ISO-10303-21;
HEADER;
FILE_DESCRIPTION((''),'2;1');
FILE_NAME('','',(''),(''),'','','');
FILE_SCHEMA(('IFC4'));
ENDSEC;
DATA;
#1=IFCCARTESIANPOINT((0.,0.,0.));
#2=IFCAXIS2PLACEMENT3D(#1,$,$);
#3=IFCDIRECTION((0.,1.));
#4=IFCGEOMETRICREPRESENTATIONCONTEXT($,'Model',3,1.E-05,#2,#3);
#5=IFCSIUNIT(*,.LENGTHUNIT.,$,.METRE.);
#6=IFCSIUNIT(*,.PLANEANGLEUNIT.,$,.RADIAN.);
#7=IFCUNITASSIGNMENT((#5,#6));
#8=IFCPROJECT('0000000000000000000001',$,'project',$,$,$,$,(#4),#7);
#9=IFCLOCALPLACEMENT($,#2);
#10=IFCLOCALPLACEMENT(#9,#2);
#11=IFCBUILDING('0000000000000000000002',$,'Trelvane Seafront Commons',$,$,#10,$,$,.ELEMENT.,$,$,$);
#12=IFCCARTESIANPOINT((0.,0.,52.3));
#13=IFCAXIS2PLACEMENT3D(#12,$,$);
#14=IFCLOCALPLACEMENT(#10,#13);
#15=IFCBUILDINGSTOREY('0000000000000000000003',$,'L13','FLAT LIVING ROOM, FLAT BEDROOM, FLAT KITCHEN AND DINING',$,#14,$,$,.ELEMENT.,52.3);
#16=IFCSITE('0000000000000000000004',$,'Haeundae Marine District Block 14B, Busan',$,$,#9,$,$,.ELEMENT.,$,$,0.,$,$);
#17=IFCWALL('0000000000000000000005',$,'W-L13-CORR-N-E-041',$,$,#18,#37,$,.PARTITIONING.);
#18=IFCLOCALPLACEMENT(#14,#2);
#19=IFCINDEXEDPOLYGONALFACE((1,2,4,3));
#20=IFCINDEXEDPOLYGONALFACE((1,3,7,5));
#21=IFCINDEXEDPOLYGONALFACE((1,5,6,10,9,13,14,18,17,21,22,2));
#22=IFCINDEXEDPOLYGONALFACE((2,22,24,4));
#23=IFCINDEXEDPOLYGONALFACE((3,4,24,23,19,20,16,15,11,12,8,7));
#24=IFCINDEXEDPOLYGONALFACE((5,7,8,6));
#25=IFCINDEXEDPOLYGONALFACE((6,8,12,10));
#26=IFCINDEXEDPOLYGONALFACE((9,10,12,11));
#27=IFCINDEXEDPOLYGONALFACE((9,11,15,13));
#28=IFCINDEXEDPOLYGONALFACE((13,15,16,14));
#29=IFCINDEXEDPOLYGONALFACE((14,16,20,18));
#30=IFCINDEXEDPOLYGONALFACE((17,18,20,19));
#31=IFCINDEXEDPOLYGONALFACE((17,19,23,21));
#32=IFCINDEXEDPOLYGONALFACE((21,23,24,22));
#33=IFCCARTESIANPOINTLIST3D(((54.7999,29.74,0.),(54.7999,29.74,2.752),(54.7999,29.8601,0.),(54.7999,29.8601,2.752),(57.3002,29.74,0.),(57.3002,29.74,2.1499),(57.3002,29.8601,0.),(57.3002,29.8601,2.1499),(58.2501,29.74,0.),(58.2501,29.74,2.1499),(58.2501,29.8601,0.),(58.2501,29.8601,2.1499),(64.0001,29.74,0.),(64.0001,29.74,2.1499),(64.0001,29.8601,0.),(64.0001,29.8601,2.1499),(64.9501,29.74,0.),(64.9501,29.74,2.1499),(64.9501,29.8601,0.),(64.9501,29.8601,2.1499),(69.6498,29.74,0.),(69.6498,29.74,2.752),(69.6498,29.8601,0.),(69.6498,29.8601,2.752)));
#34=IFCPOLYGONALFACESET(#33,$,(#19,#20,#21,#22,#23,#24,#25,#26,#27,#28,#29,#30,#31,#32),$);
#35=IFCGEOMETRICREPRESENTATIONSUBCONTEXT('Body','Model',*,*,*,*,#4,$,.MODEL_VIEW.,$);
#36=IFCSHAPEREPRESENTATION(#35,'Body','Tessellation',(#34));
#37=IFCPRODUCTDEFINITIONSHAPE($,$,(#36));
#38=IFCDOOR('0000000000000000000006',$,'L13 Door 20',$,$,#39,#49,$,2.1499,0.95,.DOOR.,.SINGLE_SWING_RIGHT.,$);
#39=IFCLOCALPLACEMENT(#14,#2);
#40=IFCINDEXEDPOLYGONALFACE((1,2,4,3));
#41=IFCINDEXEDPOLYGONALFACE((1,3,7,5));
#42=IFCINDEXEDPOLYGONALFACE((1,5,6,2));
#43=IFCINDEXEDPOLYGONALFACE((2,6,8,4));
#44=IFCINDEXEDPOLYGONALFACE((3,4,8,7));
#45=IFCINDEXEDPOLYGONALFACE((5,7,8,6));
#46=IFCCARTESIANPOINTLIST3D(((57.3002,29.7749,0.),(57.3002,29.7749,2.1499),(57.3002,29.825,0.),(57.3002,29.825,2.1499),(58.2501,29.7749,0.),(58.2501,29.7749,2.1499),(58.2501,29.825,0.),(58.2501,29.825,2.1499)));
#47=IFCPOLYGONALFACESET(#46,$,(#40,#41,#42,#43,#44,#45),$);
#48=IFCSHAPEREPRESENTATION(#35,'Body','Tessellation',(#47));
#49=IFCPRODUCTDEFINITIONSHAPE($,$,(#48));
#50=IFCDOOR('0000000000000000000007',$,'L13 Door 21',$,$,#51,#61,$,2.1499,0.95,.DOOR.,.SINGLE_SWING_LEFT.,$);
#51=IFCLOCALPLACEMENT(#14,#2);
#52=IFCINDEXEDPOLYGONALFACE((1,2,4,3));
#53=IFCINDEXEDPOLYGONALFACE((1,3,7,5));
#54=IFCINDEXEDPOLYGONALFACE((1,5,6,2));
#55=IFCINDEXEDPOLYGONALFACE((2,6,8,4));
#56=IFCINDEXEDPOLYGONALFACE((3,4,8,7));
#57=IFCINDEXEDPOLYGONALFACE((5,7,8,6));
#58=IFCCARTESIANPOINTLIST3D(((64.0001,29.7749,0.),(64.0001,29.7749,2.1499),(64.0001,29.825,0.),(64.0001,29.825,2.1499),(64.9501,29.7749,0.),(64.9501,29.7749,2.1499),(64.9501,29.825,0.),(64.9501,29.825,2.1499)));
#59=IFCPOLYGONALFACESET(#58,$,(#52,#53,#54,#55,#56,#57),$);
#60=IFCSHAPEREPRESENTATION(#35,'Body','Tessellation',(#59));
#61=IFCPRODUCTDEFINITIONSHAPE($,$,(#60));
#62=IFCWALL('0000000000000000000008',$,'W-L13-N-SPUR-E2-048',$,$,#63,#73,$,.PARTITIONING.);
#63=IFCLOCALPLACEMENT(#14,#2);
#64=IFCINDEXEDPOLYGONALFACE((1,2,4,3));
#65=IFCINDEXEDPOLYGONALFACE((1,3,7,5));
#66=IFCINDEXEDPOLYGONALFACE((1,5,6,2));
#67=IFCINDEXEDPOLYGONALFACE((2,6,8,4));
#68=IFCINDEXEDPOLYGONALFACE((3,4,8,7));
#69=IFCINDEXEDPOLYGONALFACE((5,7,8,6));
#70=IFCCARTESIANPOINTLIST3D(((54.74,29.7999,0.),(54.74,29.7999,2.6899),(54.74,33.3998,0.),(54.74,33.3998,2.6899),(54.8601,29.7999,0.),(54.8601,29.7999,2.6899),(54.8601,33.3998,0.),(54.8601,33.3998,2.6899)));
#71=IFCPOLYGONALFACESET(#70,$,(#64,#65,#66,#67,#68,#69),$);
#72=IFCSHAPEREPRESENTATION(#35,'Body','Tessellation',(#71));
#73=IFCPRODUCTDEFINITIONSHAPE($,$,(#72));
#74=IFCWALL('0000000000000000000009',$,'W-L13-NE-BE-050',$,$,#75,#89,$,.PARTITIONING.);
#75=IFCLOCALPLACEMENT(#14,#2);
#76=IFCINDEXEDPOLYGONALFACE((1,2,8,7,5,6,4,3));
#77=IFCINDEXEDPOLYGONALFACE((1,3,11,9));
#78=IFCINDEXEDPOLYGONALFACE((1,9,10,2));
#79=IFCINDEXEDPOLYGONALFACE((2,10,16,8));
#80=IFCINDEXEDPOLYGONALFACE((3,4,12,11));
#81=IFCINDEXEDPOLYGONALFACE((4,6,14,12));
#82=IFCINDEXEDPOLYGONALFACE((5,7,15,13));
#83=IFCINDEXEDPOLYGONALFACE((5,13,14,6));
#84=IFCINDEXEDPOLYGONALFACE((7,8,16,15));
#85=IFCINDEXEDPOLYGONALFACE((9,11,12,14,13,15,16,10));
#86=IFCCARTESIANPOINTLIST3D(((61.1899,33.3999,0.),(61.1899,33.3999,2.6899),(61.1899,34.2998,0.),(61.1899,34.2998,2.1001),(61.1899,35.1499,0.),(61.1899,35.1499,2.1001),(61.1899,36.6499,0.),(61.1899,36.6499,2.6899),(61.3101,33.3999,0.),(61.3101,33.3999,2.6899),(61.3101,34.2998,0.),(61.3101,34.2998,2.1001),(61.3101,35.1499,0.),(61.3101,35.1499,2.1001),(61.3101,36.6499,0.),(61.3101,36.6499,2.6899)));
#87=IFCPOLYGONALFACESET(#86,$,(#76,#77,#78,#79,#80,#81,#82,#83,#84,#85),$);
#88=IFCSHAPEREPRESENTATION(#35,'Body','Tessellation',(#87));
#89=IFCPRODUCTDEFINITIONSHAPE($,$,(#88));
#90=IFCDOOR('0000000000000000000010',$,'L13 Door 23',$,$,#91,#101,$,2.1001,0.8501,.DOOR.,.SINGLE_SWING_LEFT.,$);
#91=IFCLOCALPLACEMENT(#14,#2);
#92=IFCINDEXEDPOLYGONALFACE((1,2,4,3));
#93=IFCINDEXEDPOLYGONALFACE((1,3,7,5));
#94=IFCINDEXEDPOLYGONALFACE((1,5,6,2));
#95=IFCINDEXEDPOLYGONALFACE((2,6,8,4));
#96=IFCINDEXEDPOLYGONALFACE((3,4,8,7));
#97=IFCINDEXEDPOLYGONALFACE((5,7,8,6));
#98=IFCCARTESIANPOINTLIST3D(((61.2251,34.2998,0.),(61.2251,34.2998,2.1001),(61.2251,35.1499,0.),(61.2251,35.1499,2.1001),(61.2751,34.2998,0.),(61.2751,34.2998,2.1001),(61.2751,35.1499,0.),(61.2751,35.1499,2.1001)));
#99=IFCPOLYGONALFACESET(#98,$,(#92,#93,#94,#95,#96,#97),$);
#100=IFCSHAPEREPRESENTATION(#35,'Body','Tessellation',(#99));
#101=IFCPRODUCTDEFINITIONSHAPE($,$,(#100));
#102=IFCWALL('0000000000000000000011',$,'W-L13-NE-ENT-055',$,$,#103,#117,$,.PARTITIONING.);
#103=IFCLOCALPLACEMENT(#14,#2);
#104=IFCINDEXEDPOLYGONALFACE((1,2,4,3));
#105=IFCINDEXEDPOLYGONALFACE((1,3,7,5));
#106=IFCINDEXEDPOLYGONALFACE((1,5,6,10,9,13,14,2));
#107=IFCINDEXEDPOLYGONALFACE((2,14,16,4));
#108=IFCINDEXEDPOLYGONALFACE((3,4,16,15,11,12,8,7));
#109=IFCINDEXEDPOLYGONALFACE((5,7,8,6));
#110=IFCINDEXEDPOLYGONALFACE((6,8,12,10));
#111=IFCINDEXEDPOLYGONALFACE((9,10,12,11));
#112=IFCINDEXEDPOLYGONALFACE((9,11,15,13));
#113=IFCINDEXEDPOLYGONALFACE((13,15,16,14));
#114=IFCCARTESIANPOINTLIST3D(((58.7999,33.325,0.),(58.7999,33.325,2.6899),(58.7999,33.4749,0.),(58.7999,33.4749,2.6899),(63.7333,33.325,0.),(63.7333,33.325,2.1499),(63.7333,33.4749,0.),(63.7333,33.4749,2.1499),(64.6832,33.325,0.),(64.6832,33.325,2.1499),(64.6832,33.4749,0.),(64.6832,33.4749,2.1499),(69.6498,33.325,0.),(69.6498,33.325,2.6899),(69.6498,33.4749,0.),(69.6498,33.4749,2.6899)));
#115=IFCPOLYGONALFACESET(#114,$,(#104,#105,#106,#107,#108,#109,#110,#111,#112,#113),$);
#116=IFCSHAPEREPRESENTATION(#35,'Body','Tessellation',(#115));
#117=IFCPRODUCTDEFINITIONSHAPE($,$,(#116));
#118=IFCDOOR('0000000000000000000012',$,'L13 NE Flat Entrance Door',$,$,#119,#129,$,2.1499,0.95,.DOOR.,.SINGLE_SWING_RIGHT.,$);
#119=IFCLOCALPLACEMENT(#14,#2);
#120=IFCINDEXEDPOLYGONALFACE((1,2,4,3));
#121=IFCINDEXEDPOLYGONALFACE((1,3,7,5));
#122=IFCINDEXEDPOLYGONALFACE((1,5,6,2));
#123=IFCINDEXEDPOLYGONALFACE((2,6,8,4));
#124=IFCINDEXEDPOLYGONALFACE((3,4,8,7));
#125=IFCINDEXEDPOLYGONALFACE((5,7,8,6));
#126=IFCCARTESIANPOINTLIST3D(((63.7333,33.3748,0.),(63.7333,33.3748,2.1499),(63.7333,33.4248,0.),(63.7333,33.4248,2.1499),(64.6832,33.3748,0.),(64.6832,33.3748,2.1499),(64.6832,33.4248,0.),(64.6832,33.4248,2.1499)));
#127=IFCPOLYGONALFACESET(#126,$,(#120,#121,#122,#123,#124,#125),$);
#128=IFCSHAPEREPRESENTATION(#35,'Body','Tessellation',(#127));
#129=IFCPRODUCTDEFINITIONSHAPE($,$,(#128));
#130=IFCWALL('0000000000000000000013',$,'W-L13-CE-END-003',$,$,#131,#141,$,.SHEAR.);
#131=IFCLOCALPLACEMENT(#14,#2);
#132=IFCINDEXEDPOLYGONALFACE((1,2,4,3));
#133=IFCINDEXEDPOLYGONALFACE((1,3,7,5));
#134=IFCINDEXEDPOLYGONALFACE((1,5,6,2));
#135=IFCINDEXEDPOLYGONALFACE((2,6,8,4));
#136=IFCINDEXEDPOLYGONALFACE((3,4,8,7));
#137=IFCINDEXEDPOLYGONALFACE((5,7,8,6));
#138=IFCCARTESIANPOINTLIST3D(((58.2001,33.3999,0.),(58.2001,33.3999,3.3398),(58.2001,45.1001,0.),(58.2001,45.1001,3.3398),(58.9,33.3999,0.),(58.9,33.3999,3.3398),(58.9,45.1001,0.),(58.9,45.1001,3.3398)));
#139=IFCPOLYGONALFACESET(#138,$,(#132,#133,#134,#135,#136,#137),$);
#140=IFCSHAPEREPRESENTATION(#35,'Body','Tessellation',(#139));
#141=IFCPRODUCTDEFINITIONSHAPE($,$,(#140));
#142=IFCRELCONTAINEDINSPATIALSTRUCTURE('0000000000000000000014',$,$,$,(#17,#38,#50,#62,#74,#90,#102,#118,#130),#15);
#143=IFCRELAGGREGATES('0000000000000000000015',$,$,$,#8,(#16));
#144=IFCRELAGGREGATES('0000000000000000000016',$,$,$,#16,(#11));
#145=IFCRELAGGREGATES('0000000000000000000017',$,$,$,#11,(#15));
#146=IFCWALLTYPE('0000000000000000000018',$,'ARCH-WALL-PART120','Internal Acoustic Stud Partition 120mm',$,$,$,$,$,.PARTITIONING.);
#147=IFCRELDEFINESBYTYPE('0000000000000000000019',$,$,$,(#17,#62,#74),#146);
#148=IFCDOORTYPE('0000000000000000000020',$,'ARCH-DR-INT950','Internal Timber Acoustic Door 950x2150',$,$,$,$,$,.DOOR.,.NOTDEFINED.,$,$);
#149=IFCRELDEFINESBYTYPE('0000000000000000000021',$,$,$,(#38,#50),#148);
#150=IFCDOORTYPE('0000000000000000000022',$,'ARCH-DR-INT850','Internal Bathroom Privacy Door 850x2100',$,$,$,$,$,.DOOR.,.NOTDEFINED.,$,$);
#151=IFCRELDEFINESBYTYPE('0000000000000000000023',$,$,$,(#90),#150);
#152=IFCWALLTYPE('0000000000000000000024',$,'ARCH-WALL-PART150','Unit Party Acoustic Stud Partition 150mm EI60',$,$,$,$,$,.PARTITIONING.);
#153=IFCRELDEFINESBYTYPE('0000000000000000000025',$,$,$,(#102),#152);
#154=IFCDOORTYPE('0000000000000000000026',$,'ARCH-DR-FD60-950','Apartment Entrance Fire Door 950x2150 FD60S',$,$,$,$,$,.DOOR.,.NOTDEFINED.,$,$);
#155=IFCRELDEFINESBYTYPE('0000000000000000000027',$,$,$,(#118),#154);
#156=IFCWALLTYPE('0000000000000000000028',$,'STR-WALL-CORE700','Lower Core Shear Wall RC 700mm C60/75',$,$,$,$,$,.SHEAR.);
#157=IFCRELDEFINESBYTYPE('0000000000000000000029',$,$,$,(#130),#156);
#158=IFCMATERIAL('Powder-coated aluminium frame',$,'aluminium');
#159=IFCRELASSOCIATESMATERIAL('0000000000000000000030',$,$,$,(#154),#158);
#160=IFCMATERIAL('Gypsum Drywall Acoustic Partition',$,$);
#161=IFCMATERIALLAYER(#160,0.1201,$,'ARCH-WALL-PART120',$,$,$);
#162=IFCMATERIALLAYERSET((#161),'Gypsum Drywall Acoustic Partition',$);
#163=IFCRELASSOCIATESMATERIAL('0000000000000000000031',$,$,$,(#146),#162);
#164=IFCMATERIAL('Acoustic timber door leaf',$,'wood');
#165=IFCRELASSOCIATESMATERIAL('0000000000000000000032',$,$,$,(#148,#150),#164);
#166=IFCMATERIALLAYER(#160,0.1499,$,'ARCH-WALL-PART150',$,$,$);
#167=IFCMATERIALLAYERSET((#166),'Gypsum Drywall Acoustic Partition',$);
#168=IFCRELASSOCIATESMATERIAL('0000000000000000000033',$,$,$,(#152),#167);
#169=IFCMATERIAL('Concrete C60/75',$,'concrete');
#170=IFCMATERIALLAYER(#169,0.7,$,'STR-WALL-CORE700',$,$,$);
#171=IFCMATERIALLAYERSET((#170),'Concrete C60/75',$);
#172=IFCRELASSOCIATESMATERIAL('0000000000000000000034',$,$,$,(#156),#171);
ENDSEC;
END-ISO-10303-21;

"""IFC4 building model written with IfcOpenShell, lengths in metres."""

from ifc_helpers import new_model, si_unit, direction, frame, frame_2d, origin, place, context, subcontext, project, spatial, rectangle, extrude, source, transform, mapped, material, layer, layer_set, type_object, element, fill, save


model = new_model("IFC4")

# Units and contexts
model_context = context("Model", 3, precision=1e-05, world=origin(), true_north=direction((0.0, 1.0)))
body_context = subcontext(model_context, "Body", "Model", "MODEL_VIEW")
ifc_project = project(units=[si_unit("LENGTHUNIT", "METRE"), si_unit("PLANEANGLEUNIT", "RADIAN")], contexts=[model_context])

# Site, building, storey
site_placement = place(None, origin())
site = spatial("IfcSite", under=ifc_project, at=site_placement, Name="Haeundae Marine District Block 14B, Busan", CompositionType="ELEMENT", RefElevation=0.0)
building_placement = place(site_placement, origin())
building = spatial("IfcBuilding", under=site, at=building_placement, Name="Trelvane Seafront Commons", CompositionType="ELEMENT")
storey_placement = place(building_placement, frame((0.0, 0.0, 52.3)))
storey = spatial("IfcBuildingStorey", under=building, at=storey_placement, Name="L13", Description="FLAT LIVING ROOM, FLAT BEDROOM, FLAT KITCHEN AND DINING", CompositionType="ELEMENT", Elevation=52.3)

# Shared definitions
ifc_material_1 = material(Name="Concrete C60/75", Category="concrete")

# Shared definitions
ifc_material_2 = material(Name="Powder-coated aluminium frame", Category="aluminium")
door_type_1 = type_object("IfcDoorType", Name="ARCH-DR-FD60-950", Description="Apartment Entrance Fire Door 950x2150 FD60S", OperationType="NOTDEFINED", PredefinedType="DOOR", material=ifc_material_2)
shared_shape_1 = source(origin(), body_context, "Body", "SweptSolid", [
    extrude(rectangle(XDim=0.95, YDim=2.1499, at=frame_2d((0.4751, 1.075))), frame((0.0, 0.0249, 0.0), z_axis=(0.0, -1.0, 0.0), x_axis=(1.0, 0.0, 0.0)), (0.0, 0.0, 1.0), 0.05),
])

# Wall, openings, doors
ifc_material_3 = material(Name="Gypsum Drywall Acoustic Partition")
ifc_layer_1 = layer(ifc_material_3, 0.1201, Name="ARCH-WALL-PART120")
ifc_layer_set_1 = layer_set([ifc_layer_1], Name="Gypsum Drywall Acoustic Partition")
wall_type_1 = type_object("IfcWallType", Name="ARCH-WALL-PART120", Description="Internal Acoustic Stud Partition 120mm", PredefinedType="PARTITIONING", material=ifc_layer_set_1)
wall_1_placement = place(storey_placement, frame((54.8, 29.8, 0.0), z_axis=(0.0, 0.0, 1.0), x_axis=(1.0, 0.0, 0.0)))
wall_1 = element("IfcWall", 1, at=wall_1_placement, inside=storey, type_object=wall_type_1, Name="W-L13-CORR-N-E-041", PredefinedType="PARTITIONING", context=body_context, shape_type="SweptSolid", body=[
    extrude(rectangle(XDim=14.8499, YDim=0.1201, at=frame_2d((7.4248, 0.0))), origin(), (0.0, 0.0, 1.0), 2.752),
])
opening_1_placement = place(wall_1_placement, frame((2.5, 0.0, 0.0)))
opening_1 = element("IfcOpeningElement", 2, at=opening_1_placement, cuts=wall_1, PredefinedType="OPENING", context=body_context, shape_type="SweptSolid", body=[
    extrude(rectangle(XDim=0.95, YDim=2.1499, at=frame_2d((0.4751, 1.075))), frame((0.0, 0.0701, 0.0), z_axis=(0.0, -1.0, 0.0), x_axis=(1.0, 0.0, 0.0)), (0.0, 0.0, 1.0), 0.1401),
])
opening_2_placement = place(wall_1_placement, frame((9.2, 0.0, 0.0)))
opening_2 = element("IfcOpeningElement", 3, at=opening_2_placement, cuts=wall_1, PredefinedType="OPENING", context=body_context, shape_type="SweptSolid", body=[
    extrude(rectangle(XDim=0.95, YDim=2.1499, at=frame_2d((0.4751, 1.075))), frame((0.0, 0.0701, 0.0), z_axis=(0.0, -1.0, 0.0), x_axis=(1.0, 0.0, 0.0)), (0.0, 0.0, 1.0), 0.1401),
])
ifc_material_4 = material(Name="Acoustic timber door leaf", Category="wood")
door_type_2 = type_object("IfcDoorType", Name="ARCH-DR-INT950", Description="Internal Timber Acoustic Door 950x2150", OperationType="NOTDEFINED", PredefinedType="DOOR", material=ifc_material_4)
door_1_placement = place(opening_1_placement, origin())
door_1 = element("IfcDoor", 4, at=door_1_placement, inside=storey, type_object=door_type_2, Name="L13 Door 20", OperationType="SINGLE_SWING_RIGHT", OverallHeight=2.1499, OverallWidth=0.95, PredefinedType="DOOR", context=body_context, shape_type="MappedRepresentation", body=[
    mapped(shared_shape_1, transform((0.0, 0.0, 0.0), x_axis=(1.0, 0.0, 0.0), y_axis=(0.0, 1.0, 0.0), z_axis=(0.0, 0.0, 1.0), scale=1.0)),
])
fill(opening_1, door_1)
door_2_placement = place(opening_2_placement, origin())
door_2 = element("IfcDoor", 5, at=door_2_placement, inside=storey, type_object=door_type_2, Name="L13 Door 21", OperationType="SINGLE_SWING_LEFT", OverallHeight=2.1499, OverallWidth=0.95, PredefinedType="DOOR", context=body_context, shape_type="MappedRepresentation", body=[
    mapped(shared_shape_1, transform((0.0, 0.0, 0.0), x_axis=(1.0, 0.0, 0.0), y_axis=(0.0, 1.0, 0.0), z_axis=(0.0, 0.0, 1.0), scale=1.0)),
])
fill(opening_2, door_2)

# Wall
wall_2_placement = place(storey_placement, frame((54.8, 29.8, 0.0), z_axis=(0.0, 0.0, 1.0), x_axis=(0.0, 1.0, 0.0)))
element("IfcWall", 6, at=wall_2_placement, inside=storey, type_object=wall_type_1, Name="W-L13-N-SPUR-E2-048", PredefinedType="PARTITIONING", context=body_context, shape_type="SweptSolid", body=[
    extrude(rectangle(XDim=3.5999, YDim=0.1201, at=frame_2d((1.7998, 0.0))), origin(), (0.0, 0.0, 1.0), 2.6899),
])

# Walls, openings, doors
wall_3_placement = place(storey_placement, frame((61.25, 33.3999, 0.0), z_axis=(0.0, 0.0, 1.0), x_axis=(0.0, 1.0, 0.0)))
wall_3 = element("IfcWall", 7, at=wall_3_placement, inside=storey, type_object=wall_type_1, Name="W-L13-NE-BE-050", PredefinedType="PARTITIONING", context=body_context, shape_type="SweptSolid", body=[
    extrude(rectangle(XDim=3.25, YDim=0.1201, at=frame_2d((1.625, 0.0))), origin(), (0.0, 0.0, 1.0), 2.6899),
])
opening_3_placement = place(wall_3_placement, frame((0.8999, 0.0, 0.0)))
opening_3 = element("IfcOpeningElement", 8, at=opening_3_placement, cuts=wall_3, PredefinedType="OPENING", context=body_context, shape_type="SweptSolid", body=[
    extrude(rectangle(XDim=0.8501, YDim=2.1001, at=frame_2d((0.425, 1.05))), frame((0.0, 0.0701, 0.0), z_axis=(0.0, -1.0, 0.0), x_axis=(1.0, 0.0, 0.0)), (0.0, 0.0, 1.0), 0.1401),
])
door_type_3 = type_object("IfcDoorType", Name="ARCH-DR-INT850", Description="Internal Bathroom Privacy Door 850x2100", OperationType="NOTDEFINED", PredefinedType="DOOR", material=ifc_material_4)
shared_shape_2 = source(origin(), body_context, "Body", "SweptSolid", [
    extrude(rectangle(XDim=0.8501, YDim=2.1001, at=frame_2d((0.425, 1.05))), frame((0.0, 0.0249, 0.0), z_axis=(0.0, -1.0, 0.0), x_axis=(1.0, 0.0, 0.0)), (0.0, 0.0, 1.0), 0.05),
])
door_3_placement = place(opening_3_placement, origin())
door_3 = element("IfcDoor", 9, at=door_3_placement, inside=storey, type_object=door_type_3, Name="L13 Door 23", OperationType="SINGLE_SWING_LEFT", OverallHeight=2.1001, OverallWidth=0.8501, PredefinedType="DOOR", context=body_context, shape_type="MappedRepresentation", body=[
    mapped(shared_shape_2, transform((0.0, 0.0, 0.0), x_axis=(1.0, 0.0, 0.0), y_axis=(0.0, 1.0, 0.0), z_axis=(0.0, 0.0, 1.0), scale=1.0)),
])
fill(opening_3, door_3)
ifc_layer_2 = layer(ifc_material_3, 0.1499, Name="ARCH-WALL-PART150")
ifc_layer_set_2 = layer_set([ifc_layer_2], Name="Gypsum Drywall Acoustic Partition")
wall_type_2 = type_object("IfcWallType", Name="ARCH-WALL-PART150", Description="Unit Party Acoustic Stud Partition 150mm EI60", PredefinedType="PARTITIONING", material=ifc_layer_set_2)
wall_4_placement = place(storey_placement, frame((58.8, 33.3999, 0.0), z_axis=(0.0, 0.0, 1.0), x_axis=(1.0, 0.0, 0.0)))
wall_4 = element("IfcWall", 10, at=wall_4_placement, inside=storey, type_object=wall_type_2, Name="W-L13-NE-ENT-055", PredefinedType="PARTITIONING", context=body_context, shape_type="SweptSolid", body=[
    extrude(rectangle(XDim=10.8499, YDim=0.1499, at=frame_2d((5.4248, 0.0))), origin(), (0.0, 0.0, 1.0), 2.6899),
])
opening_4_placement = place(wall_4_placement, frame((4.9331, 0.0, 0.0)))
opening_4 = element("IfcOpeningElement", 11, at=opening_4_placement, cuts=wall_4, PredefinedType="OPENING", context=body_context, shape_type="SweptSolid", body=[
    extrude(rectangle(XDim=0.95, YDim=2.1499, at=frame_2d((0.4751, 1.075))), frame((0.0, 0.085, 0.0), z_axis=(0.0, -1.0, 0.0), x_axis=(1.0, 0.0, 0.0)), (0.0, 0.0, 1.0), 0.1699),
])
door_4_placement = place(opening_4_placement, origin())
door_4 = element("IfcDoor", 12, at=door_4_placement, inside=storey, type_object=door_type_1, Name="L13 NE Flat Entrance Door", OperationType="SINGLE_SWING_RIGHT", OverallHeight=2.1499, OverallWidth=0.95, PredefinedType="DOOR", context=body_context, shape_type="MappedRepresentation", body=[
    mapped(shared_shape_1, transform((0.0, 0.0, 0.0), x_axis=(1.0, 0.0, 0.0), y_axis=(0.0, 1.0, 0.0), z_axis=(0.0, 0.0, 1.0), scale=1.0)),
])
fill(opening_4, door_4)

# Wall
ifc_layer_3 = layer(ifc_material_1, 0.7, Name="STR-WALL-CORE700")
ifc_layer_set_3 = layer_set([ifc_layer_3], Name="Concrete C60/75")
wall_type_3 = type_object("IfcWallType", Name="STR-WALL-CORE700", Description="Lower Core Shear Wall RC 700mm C60/75", PredefinedType="SHEAR", material=ifc_layer_set_3)
wall_5_placement = place(storey_placement, frame((58.55, 33.3999, 0.0), z_axis=(0.0, 0.0, 1.0), x_axis=(0.0, 1.0, 0.0)))
element("IfcWall", 13, at=wall_5_placement, inside=storey, type_object=wall_type_3, Name="W-L13-CE-END-003", PredefinedType="SHEAR", context=body_context, shape_type="SweptSolid", body=[
    extrude(rectangle(XDim=11.7002, YDim=0.7, at=frame_2d((5.8501, 0.0))), origin(), (0.0, 0.0, 1.0), 3.3398),
])

save(model, "model.ifc")
